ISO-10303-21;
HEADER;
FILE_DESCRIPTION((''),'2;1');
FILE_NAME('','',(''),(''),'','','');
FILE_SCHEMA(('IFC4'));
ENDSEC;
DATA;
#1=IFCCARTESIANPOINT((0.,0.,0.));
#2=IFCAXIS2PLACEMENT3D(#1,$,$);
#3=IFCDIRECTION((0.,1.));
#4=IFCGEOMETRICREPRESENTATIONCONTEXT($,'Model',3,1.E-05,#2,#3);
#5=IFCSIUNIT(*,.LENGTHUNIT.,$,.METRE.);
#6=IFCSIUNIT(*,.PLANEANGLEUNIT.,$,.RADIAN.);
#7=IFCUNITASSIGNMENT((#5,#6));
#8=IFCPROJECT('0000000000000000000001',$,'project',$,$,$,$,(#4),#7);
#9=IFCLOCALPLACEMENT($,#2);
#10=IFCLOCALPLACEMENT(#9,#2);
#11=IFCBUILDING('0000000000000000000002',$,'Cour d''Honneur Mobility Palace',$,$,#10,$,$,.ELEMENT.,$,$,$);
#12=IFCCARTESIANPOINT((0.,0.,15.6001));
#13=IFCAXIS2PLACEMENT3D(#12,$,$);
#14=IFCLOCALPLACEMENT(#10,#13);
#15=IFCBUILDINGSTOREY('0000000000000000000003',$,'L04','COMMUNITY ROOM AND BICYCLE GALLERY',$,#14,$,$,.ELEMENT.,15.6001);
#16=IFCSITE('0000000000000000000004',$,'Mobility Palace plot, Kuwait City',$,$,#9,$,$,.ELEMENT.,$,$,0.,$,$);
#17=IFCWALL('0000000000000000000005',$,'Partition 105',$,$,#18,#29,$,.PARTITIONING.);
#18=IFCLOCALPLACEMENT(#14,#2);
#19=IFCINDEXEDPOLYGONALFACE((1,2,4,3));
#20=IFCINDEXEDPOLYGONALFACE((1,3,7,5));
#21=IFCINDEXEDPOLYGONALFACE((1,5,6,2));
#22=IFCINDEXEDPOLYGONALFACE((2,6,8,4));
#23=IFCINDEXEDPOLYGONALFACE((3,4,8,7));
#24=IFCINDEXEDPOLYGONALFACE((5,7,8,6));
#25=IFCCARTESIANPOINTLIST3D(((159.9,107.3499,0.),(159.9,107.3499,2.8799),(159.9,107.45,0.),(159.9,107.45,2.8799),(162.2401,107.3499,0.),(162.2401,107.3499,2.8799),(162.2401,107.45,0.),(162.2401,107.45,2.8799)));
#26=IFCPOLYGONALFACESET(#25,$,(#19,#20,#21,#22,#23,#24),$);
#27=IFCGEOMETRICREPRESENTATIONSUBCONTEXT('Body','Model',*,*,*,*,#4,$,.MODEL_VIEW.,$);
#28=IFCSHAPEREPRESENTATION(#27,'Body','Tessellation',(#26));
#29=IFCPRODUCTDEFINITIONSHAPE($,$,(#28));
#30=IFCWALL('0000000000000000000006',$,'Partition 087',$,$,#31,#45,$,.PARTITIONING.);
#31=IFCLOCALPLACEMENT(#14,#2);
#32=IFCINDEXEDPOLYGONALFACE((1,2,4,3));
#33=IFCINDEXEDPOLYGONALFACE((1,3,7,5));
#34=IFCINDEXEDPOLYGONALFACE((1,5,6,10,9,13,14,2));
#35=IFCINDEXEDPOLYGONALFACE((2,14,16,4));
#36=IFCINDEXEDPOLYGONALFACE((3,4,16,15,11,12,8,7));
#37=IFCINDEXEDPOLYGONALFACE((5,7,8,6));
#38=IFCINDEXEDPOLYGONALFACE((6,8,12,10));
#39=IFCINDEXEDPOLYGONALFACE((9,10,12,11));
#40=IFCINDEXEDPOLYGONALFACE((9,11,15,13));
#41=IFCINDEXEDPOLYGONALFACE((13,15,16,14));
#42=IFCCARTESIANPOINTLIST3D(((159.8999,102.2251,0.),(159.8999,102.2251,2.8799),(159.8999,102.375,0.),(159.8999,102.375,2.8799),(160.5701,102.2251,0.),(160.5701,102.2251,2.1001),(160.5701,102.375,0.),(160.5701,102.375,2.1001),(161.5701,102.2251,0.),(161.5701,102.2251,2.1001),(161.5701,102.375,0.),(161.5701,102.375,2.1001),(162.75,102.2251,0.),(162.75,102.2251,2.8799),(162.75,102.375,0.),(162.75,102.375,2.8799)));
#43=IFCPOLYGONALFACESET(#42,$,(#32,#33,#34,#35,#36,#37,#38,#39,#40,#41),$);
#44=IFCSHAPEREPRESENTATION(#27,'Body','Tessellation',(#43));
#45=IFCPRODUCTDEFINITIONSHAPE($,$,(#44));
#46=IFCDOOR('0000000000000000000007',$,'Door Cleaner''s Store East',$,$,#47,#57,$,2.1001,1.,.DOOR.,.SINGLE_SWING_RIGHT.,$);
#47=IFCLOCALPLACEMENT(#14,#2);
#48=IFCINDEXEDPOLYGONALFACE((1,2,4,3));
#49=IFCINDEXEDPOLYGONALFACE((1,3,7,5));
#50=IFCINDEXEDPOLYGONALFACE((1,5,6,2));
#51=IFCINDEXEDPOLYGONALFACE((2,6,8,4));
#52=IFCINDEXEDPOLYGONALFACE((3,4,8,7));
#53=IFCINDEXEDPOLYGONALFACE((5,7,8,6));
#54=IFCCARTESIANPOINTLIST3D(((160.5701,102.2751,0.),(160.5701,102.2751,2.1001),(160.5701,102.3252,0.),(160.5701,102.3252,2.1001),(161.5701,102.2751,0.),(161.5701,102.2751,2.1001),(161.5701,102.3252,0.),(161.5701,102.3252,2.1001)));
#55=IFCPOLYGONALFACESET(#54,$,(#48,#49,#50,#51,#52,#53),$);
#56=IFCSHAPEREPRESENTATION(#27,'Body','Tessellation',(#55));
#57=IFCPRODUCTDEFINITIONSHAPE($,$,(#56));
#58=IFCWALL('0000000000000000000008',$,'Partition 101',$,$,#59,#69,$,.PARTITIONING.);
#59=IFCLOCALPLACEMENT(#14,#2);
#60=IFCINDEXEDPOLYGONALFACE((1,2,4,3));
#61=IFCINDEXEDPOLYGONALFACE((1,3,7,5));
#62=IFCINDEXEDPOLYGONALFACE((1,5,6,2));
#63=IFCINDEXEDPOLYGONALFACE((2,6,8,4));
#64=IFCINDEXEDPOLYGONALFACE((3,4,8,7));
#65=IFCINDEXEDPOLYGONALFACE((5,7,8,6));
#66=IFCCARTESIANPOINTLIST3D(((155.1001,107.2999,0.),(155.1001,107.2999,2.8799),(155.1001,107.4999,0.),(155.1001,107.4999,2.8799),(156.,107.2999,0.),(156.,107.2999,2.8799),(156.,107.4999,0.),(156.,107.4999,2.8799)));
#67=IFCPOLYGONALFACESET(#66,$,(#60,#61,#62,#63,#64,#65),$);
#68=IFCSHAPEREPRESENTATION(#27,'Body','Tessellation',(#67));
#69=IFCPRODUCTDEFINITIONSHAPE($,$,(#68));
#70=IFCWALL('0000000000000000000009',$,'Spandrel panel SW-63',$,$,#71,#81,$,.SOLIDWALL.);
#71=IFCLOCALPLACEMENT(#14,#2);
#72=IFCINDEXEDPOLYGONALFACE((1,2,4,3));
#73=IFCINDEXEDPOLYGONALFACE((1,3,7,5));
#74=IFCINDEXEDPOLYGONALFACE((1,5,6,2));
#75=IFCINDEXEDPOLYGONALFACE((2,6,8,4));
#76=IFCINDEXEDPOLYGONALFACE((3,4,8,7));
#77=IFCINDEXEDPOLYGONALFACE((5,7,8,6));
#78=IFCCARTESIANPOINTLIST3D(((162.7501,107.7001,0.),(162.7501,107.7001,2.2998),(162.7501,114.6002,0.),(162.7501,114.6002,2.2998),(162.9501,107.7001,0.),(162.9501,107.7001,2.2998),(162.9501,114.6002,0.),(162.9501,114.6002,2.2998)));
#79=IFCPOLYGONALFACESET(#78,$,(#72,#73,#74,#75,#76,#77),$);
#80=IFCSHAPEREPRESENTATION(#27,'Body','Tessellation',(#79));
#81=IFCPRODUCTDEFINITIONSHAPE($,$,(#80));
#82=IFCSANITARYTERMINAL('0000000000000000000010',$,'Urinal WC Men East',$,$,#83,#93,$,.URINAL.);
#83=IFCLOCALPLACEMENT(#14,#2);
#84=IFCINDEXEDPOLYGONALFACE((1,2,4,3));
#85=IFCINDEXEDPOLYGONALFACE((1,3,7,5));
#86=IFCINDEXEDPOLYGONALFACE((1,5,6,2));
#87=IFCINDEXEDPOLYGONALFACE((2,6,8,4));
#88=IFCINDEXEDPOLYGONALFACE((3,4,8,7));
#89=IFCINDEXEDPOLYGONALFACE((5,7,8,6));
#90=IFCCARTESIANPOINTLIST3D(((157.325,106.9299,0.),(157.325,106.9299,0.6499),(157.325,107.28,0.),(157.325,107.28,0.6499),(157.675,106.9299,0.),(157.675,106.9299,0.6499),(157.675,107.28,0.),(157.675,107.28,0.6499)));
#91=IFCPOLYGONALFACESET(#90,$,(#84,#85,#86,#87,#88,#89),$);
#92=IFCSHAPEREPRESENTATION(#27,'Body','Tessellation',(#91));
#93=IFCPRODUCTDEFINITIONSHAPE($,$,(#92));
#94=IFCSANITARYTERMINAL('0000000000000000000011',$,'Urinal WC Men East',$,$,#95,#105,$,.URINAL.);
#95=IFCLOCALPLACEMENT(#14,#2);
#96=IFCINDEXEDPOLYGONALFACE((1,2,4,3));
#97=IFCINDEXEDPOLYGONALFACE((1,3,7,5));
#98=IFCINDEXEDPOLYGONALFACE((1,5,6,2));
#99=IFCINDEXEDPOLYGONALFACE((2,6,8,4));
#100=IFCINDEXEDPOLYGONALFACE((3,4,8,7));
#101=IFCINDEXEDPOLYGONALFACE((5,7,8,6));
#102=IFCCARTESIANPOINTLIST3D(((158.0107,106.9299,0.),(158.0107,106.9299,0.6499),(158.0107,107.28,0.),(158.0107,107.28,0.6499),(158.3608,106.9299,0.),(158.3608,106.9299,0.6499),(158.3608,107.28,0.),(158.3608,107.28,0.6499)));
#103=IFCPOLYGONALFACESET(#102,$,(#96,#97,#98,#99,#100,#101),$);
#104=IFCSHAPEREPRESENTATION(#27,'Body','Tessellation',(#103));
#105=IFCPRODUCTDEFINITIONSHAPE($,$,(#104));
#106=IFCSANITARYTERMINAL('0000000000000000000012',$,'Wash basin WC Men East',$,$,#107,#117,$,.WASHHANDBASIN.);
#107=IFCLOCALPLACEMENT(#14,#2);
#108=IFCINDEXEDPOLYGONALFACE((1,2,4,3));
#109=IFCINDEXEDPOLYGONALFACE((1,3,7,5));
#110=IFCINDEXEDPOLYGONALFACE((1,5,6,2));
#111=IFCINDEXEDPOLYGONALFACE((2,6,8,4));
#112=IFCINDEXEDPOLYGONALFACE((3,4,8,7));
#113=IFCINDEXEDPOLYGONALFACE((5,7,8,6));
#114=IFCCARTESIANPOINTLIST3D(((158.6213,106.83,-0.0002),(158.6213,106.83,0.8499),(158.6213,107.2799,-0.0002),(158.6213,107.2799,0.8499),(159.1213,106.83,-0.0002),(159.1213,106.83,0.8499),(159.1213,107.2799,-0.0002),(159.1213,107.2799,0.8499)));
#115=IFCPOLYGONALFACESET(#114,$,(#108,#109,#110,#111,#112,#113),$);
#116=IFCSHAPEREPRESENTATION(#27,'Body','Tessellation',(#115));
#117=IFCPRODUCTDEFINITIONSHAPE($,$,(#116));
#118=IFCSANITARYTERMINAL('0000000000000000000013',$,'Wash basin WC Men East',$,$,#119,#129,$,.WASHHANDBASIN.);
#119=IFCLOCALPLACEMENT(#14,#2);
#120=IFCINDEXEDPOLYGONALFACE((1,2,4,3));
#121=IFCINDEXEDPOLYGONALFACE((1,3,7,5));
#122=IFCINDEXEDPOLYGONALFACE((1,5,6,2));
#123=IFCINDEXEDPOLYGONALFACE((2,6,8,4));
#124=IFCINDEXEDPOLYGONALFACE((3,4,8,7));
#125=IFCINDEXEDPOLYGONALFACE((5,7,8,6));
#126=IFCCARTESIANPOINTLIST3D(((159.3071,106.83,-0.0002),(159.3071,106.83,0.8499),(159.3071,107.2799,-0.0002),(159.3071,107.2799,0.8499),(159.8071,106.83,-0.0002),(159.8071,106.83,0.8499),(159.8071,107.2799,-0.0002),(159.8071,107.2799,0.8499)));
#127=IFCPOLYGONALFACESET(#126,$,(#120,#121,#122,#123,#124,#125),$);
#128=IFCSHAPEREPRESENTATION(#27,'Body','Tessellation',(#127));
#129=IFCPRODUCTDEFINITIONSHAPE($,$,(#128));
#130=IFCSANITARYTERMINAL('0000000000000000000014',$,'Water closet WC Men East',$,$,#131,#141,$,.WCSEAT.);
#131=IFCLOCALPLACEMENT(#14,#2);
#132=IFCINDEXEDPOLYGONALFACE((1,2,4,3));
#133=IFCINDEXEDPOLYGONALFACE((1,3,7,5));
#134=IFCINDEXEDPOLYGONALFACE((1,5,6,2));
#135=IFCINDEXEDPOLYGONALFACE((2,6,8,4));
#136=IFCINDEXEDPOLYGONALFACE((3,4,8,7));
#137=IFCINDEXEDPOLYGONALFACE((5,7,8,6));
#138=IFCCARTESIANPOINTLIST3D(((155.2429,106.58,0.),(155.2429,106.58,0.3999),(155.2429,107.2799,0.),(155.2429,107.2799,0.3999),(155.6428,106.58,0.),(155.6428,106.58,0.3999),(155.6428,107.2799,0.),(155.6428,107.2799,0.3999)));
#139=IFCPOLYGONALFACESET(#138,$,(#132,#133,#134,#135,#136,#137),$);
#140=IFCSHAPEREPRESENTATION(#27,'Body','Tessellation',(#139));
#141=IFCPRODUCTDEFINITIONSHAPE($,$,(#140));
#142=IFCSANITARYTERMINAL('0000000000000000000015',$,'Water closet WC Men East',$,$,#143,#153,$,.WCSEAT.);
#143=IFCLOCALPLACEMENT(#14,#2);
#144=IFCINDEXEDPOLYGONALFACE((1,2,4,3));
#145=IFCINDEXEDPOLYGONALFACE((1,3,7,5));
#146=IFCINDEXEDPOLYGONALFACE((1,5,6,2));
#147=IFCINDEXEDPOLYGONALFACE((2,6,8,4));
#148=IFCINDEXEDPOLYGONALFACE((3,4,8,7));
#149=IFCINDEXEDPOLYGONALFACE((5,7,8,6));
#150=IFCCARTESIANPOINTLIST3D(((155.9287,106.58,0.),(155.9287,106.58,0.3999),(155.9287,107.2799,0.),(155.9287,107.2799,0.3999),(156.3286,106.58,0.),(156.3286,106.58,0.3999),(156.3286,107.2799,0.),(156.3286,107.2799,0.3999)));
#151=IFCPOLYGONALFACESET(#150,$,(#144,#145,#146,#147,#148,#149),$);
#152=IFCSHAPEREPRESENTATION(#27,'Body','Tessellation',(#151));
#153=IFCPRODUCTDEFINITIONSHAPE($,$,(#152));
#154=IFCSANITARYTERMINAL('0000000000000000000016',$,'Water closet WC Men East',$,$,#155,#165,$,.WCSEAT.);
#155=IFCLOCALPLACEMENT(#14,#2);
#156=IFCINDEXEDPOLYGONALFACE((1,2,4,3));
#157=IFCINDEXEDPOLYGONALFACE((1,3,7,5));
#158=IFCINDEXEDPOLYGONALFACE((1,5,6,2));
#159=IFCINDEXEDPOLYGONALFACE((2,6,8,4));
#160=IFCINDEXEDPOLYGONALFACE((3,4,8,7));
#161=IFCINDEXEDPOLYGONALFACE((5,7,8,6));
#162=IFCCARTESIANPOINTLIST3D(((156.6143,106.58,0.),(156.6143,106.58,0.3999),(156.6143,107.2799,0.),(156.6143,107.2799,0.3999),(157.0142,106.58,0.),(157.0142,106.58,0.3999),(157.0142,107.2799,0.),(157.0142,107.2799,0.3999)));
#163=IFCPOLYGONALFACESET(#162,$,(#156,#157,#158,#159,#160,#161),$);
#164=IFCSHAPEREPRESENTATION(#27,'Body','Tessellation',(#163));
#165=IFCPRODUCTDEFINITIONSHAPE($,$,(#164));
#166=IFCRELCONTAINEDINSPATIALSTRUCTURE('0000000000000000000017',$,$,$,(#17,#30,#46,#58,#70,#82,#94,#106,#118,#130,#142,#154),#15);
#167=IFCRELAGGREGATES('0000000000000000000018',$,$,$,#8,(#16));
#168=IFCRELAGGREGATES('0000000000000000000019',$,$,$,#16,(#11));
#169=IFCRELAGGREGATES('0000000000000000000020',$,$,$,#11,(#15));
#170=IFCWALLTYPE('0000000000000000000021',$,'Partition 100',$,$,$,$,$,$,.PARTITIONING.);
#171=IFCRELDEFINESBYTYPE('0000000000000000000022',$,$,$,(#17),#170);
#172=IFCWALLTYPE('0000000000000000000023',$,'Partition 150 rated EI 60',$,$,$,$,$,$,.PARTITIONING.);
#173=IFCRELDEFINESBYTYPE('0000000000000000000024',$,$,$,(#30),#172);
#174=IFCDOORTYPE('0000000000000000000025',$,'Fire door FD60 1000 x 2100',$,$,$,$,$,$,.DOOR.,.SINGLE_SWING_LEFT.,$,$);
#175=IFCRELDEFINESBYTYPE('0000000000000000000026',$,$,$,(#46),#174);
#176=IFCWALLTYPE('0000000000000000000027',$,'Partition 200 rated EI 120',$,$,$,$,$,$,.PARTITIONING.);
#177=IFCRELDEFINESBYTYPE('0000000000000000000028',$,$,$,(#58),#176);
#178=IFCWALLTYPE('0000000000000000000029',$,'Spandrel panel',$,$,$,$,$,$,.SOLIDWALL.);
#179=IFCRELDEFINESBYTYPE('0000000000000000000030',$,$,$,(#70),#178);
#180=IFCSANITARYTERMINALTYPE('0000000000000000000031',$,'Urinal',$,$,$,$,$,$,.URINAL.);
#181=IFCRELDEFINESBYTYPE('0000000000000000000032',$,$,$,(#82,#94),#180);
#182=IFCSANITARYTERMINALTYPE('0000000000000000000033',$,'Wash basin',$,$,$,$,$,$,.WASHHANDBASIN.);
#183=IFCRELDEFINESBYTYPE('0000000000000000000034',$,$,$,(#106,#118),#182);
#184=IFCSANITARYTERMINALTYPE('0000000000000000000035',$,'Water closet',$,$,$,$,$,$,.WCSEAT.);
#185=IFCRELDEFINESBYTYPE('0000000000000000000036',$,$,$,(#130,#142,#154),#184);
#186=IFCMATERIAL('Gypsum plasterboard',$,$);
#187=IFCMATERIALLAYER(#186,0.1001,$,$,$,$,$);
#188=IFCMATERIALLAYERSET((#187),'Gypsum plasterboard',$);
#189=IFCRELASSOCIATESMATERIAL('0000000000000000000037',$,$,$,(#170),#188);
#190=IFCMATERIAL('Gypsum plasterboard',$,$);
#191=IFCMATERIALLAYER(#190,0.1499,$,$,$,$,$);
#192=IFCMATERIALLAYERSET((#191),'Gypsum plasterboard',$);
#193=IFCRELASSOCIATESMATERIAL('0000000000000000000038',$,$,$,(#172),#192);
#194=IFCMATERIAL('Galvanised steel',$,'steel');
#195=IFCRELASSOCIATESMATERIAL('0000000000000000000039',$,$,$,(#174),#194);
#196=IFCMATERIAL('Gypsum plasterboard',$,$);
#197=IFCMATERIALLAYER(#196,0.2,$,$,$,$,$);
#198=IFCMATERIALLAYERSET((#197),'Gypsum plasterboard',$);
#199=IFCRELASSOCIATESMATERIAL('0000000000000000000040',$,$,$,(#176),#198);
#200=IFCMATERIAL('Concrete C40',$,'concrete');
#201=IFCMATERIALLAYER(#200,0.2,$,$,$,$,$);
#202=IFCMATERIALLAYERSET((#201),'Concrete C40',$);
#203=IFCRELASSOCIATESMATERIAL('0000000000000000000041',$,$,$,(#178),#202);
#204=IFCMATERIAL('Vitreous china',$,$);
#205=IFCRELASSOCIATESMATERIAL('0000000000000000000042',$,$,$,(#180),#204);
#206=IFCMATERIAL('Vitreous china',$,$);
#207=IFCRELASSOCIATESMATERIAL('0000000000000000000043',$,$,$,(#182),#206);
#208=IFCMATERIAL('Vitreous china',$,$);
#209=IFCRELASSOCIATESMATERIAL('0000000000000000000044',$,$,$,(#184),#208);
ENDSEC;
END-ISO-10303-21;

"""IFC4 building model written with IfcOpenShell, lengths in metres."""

from ifc_helpers import new_model, si_unit, direction, frame, frame_2d, origin, origin_2d, place, context, subcontext, project, spatial, rectangle, extrude, material, layer, layer_set, type_object, element, fill, save


model = new_model("IFC4")

# Units and contexts
model_context = context("Model", 3, precision=1e-05, world=origin(), true_north=direction((0.0, 1.0)))
body_context = subcontext(model_context, "Body", "Model", "MODEL_VIEW")
ifc_project = project(units=[si_unit("LENGTHUNIT", "METRE"), si_unit("PLANEANGLEUNIT", "RADIAN")], contexts=[model_context])

# Site, building, storey
site_placement = place(None, origin())
site = spatial("IfcSite", under=ifc_project, at=site_placement, Name="Mobility Palace plot, Kuwait City", CompositionType="ELEMENT", RefElevation=0.0)
building_placement = place(site_placement, origin())
building = spatial("IfcBuilding", under=site, at=building_placement, Name="Cour d'Honneur Mobility Palace", CompositionType="ELEMENT")
storey_placement = place(building_placement, frame((0.0, 0.0, 15.6001)))
storey = spatial("IfcBuildingStorey", under=building, at=storey_placement, Name="L04", Description="COMMUNITY ROOM AND BICYCLE GALLERY", CompositionType="ELEMENT", Elevation=15.6001)

# Shared definitions
ifc_material_1 = material(Name="Gypsum plasterboard")
ifc_layer_1 = layer(ifc_material_1, 0.1001)
ifc_layer_set_1 = layer_set([ifc_layer_1], Name="Gypsum plasterboard")
wall_type_1 = type_object("IfcWallType", Name="Partition 100", PredefinedType="PARTITIONING", material=ifc_layer_set_1)

# Wall
wall_1_placement = place(storey_placement, frame((162.24, 107.3999, 0.0), z_axis=(0.0, 0.0, 1.0), x_axis=(-1.0, 0.0, 0.0)))
element("IfcWall", 1, at=wall_1_placement, inside=storey, type_object=wall_type_1, Name="Partition 105", PredefinedType="PARTITIONING", context=body_context, shape_type="SweptSolid", body=[
    extrude(rectangle(XDim=2.3401, YDim=0.1001, at=frame_2d((1.1699, 0.0))), origin(), (0.0, 0.0, 1.0), 2.8799),
])

# Wall, opening, door
ifc_material_2 = material(Name="Gypsum plasterboard")
ifc_layer_2 = layer(ifc_material_2, 0.1499)
ifc_layer_set_2 = layer_set([ifc_layer_2], Name="Gypsum plasterboard")
wall_type_2 = type_object("IfcWallType", Name="Partition 150 rated EI 60", PredefinedType="PARTITIONING", material=ifc_layer_set_2)
wall_2_placement = place(storey_placement, frame((162.75, 102.3, 0.0), z_axis=(0.0, 0.0, 1.0), x_axis=(-1.0, 0.0, 0.0)))
wall_2 = element("IfcWall", 2, at=wall_2_placement, inside=storey, type_object=wall_type_2, Name="Partition 087", PredefinedType="PARTITIONING", context=body_context, shape_type="SweptSolid", body=[
    extrude(rectangle(XDim=2.8501, YDim=0.1499, at=frame_2d((1.425, 0.0))), origin(), (0.0, 0.0, 1.0), 2.8799),
])
opening_1_placement = place(wall_2_placement, frame((1.1799, 0.0, 0.0)))
opening_1 = element("IfcOpeningElement", 3, at=opening_1_placement, cuts=wall_2, PredefinedType="OPENING", context=body_context, shape_type="SweptSolid", body=[
    extrude(rectangle(XDim=1.0, YDim=2.1001, at=frame_2d((0.5, 1.05))), frame((0.0, 0.085, 0.0), z_axis=(0.0, -1.0, 0.0), x_axis=(1.0, 0.0, 0.0)), (0.0, 0.0, 1.0), 0.1699),
])
ifc_material_3 = material(Name="Galvanised steel", Category="steel")
door_type_1 = type_object("IfcDoorType", Name="Fire door FD60 1000 x 2100", OperationType="SINGLE_SWING_LEFT", PredefinedType="DOOR", material=ifc_material_3)
door_1_placement = place(opening_1_placement, origin())
door_1 = element("IfcDoor", 4, at=door_1_placement, inside=storey, type_object=door_type_1, Name="Door Cleaner's Store East", OperationType="SINGLE_SWING_RIGHT", OverallHeight=2.1001, OverallWidth=1.0, PredefinedType="DOOR", context=body_context, shape_type="SweptSolid", body=[
    extrude(rectangle(XDim=1.0, YDim=2.1001, at=frame_2d((0.5, 1.05))), frame((0.0, 0.0249, 0.0), z_axis=(0.0, -1.0, 0.0), x_axis=(1.0, 0.0, 0.0)), (0.0, 0.0, 1.0), 0.05),
])
fill(opening_1, door_1)

# Walls
ifc_material_4 = material(Name="Gypsum plasterboard")
ifc_layer_3 = layer(ifc_material_4, 0.2)
ifc_layer_set_3 = layer_set([ifc_layer_3], Name="Gypsum plasterboard")
wall_type_3 = type_object("IfcWallType", Name="Partition 200 rated EI 120", PredefinedType="PARTITIONING", material=ifc_layer_set_3)
wall_3_placement = place(storey_placement, frame((155.1001, 107.3999, 0.0), z_axis=(0.0, 0.0, 1.0), x_axis=(1.0, 0.0, 0.0)))
element("IfcWall", 5, at=wall_3_placement, inside=storey, type_object=wall_type_3, Name="Partition 101", PredefinedType="PARTITIONING", context=body_context, shape_type="SweptSolid", body=[
    extrude(rectangle(XDim=0.8999, YDim=0.2, at=frame_2d((0.45, 0.0))), origin(), (0.0, 0.0, 1.0), 2.8799),
])
ifc_material_5 = material(Name="Concrete C40", Category="concrete")
ifc_layer_4 = layer(ifc_material_5, 0.2)
ifc_layer_set_4 = layer_set([ifc_layer_4], Name="Concrete C40")
wall_type_4 = type_object("IfcWallType", Name="Spandrel panel", PredefinedType="SOLIDWALL", material=ifc_layer_set_4)
wall_4_placement = place(storey_placement, frame((162.8501, 107.7, 0.0), z_axis=(0.0, 0.0, 1.0), x_axis=(0.0, 1.0, 0.0)))
element("IfcWall", 6, at=wall_4_placement, inside=storey, type_object=wall_type_4, Name="Spandrel panel SW-63", PredefinedType="SOLIDWALL", context=body_context, shape_type="SweptSolid", body=[
    extrude(rectangle(XDim=6.9001, YDim=0.2, at=frame_2d((3.4502, 0.0))), origin(), (0.0, 0.0, 1.0), 2.2998),
])

# Sanitary terminals
ifc_material_6 = material(Name="Vitreous china")
sanitary_terminal_type_1 = type_object("IfcSanitaryTerminalType", Name="Urinal", PredefinedType="URINAL", material=ifc_material_6)
for number, where, z_axis, x_axis, name in (
    (7, (157.5, 107.105, 0.0), (0.0, 0.0, 1.0), (1.0, 0.0, 0.0), "Urinal WC Men East"),
    (8, (158.1858, 107.105, 0.0), (0.0, 0.0, 1.0), (1.0, 0.0, 0.0), "Urinal WC Men East"),
):
    element("IfcSanitaryTerminal", number, at=place(storey_placement, frame(where, z_axis=z_axis, x_axis=x_axis)), inside=storey, type_object=sanitary_terminal_type_1, Name=name, PredefinedType="URINAL", context=body_context, shape_type="SweptSolid", body=[
        extrude(rectangle(XDim=0.3501, YDim=0.3501, at=origin_2d()), origin(), (0.0, 0.0, 1.0), 0.6499),
    ])
ifc_material_7 = material(Name="Vitreous china")
sanitary_terminal_type_2 = type_object("IfcSanitaryTerminalType", Name="Wash basin", PredefinedType="WASHHANDBASIN", material=ifc_material_7)
for number, where, z_axis, x_axis, name in (
    (9, (158.8713, 107.0549, -0.0002), (0.0, 0.0, 1.0), (1.0, 0.0, 0.0), "Wash basin WC Men East"),
    (10, (159.5571, 107.0549, -0.0002), (0.0, 0.0, 1.0), (1.0, 0.0, 0.0), "Wash basin WC Men East"),
):
    element("IfcSanitaryTerminal", number, at=place(storey_placement, frame(where, z_axis=z_axis, x_axis=x_axis)), inside=storey, type_object=sanitary_terminal_type_2, Name=name, PredefinedType="WASHHANDBASIN", context=body_context, shape_type="SweptSolid", body=[
        extrude(rectangle(XDim=0.5, YDim=0.45, at=origin_2d()), origin(), (0.0, 0.0, 1.0), 0.8501),
    ])
ifc_material_8 = material(Name="Vitreous china")
sanitary_terminal_type_3 = type_object("IfcSanitaryTerminalType", Name="Water closet", PredefinedType="WCSEAT", material=ifc_material_8)
for number, where, z_axis, x_axis, name in (
    (11, (155.4429, 106.9299, 0.0), (0.0, 0.0, 1.0), (1.0, 0.0, 0.0), "Water closet WC Men East"),
    (12, (156.1287, 106.9299, 0.0), (0.0, 0.0, 1.0), (1.0, 0.0, 0.0), "Water closet WC Men East"),
    (13, (156.8142, 106.9299, 0.0), (0.0, 0.0, 1.0), (1.0, 0.0, 0.0), "Water closet WC Men East"),
):
    element("IfcSanitaryTerminal", number, at=place(storey_placement, frame(where, z_axis=z_axis, x_axis=x_axis)), inside=storey, type_object=sanitary_terminal_type_3, Name=name, PredefinedType="WCSEAT", context=body_context, shape_type="SweptSolid", body=[
        extrude(rectangle(XDim=0.3999, YDim=0.7, at=origin_2d()), origin(), (0.0, 0.0, 1.0), 0.3999),
    ])

save(model, "model.ifc")
